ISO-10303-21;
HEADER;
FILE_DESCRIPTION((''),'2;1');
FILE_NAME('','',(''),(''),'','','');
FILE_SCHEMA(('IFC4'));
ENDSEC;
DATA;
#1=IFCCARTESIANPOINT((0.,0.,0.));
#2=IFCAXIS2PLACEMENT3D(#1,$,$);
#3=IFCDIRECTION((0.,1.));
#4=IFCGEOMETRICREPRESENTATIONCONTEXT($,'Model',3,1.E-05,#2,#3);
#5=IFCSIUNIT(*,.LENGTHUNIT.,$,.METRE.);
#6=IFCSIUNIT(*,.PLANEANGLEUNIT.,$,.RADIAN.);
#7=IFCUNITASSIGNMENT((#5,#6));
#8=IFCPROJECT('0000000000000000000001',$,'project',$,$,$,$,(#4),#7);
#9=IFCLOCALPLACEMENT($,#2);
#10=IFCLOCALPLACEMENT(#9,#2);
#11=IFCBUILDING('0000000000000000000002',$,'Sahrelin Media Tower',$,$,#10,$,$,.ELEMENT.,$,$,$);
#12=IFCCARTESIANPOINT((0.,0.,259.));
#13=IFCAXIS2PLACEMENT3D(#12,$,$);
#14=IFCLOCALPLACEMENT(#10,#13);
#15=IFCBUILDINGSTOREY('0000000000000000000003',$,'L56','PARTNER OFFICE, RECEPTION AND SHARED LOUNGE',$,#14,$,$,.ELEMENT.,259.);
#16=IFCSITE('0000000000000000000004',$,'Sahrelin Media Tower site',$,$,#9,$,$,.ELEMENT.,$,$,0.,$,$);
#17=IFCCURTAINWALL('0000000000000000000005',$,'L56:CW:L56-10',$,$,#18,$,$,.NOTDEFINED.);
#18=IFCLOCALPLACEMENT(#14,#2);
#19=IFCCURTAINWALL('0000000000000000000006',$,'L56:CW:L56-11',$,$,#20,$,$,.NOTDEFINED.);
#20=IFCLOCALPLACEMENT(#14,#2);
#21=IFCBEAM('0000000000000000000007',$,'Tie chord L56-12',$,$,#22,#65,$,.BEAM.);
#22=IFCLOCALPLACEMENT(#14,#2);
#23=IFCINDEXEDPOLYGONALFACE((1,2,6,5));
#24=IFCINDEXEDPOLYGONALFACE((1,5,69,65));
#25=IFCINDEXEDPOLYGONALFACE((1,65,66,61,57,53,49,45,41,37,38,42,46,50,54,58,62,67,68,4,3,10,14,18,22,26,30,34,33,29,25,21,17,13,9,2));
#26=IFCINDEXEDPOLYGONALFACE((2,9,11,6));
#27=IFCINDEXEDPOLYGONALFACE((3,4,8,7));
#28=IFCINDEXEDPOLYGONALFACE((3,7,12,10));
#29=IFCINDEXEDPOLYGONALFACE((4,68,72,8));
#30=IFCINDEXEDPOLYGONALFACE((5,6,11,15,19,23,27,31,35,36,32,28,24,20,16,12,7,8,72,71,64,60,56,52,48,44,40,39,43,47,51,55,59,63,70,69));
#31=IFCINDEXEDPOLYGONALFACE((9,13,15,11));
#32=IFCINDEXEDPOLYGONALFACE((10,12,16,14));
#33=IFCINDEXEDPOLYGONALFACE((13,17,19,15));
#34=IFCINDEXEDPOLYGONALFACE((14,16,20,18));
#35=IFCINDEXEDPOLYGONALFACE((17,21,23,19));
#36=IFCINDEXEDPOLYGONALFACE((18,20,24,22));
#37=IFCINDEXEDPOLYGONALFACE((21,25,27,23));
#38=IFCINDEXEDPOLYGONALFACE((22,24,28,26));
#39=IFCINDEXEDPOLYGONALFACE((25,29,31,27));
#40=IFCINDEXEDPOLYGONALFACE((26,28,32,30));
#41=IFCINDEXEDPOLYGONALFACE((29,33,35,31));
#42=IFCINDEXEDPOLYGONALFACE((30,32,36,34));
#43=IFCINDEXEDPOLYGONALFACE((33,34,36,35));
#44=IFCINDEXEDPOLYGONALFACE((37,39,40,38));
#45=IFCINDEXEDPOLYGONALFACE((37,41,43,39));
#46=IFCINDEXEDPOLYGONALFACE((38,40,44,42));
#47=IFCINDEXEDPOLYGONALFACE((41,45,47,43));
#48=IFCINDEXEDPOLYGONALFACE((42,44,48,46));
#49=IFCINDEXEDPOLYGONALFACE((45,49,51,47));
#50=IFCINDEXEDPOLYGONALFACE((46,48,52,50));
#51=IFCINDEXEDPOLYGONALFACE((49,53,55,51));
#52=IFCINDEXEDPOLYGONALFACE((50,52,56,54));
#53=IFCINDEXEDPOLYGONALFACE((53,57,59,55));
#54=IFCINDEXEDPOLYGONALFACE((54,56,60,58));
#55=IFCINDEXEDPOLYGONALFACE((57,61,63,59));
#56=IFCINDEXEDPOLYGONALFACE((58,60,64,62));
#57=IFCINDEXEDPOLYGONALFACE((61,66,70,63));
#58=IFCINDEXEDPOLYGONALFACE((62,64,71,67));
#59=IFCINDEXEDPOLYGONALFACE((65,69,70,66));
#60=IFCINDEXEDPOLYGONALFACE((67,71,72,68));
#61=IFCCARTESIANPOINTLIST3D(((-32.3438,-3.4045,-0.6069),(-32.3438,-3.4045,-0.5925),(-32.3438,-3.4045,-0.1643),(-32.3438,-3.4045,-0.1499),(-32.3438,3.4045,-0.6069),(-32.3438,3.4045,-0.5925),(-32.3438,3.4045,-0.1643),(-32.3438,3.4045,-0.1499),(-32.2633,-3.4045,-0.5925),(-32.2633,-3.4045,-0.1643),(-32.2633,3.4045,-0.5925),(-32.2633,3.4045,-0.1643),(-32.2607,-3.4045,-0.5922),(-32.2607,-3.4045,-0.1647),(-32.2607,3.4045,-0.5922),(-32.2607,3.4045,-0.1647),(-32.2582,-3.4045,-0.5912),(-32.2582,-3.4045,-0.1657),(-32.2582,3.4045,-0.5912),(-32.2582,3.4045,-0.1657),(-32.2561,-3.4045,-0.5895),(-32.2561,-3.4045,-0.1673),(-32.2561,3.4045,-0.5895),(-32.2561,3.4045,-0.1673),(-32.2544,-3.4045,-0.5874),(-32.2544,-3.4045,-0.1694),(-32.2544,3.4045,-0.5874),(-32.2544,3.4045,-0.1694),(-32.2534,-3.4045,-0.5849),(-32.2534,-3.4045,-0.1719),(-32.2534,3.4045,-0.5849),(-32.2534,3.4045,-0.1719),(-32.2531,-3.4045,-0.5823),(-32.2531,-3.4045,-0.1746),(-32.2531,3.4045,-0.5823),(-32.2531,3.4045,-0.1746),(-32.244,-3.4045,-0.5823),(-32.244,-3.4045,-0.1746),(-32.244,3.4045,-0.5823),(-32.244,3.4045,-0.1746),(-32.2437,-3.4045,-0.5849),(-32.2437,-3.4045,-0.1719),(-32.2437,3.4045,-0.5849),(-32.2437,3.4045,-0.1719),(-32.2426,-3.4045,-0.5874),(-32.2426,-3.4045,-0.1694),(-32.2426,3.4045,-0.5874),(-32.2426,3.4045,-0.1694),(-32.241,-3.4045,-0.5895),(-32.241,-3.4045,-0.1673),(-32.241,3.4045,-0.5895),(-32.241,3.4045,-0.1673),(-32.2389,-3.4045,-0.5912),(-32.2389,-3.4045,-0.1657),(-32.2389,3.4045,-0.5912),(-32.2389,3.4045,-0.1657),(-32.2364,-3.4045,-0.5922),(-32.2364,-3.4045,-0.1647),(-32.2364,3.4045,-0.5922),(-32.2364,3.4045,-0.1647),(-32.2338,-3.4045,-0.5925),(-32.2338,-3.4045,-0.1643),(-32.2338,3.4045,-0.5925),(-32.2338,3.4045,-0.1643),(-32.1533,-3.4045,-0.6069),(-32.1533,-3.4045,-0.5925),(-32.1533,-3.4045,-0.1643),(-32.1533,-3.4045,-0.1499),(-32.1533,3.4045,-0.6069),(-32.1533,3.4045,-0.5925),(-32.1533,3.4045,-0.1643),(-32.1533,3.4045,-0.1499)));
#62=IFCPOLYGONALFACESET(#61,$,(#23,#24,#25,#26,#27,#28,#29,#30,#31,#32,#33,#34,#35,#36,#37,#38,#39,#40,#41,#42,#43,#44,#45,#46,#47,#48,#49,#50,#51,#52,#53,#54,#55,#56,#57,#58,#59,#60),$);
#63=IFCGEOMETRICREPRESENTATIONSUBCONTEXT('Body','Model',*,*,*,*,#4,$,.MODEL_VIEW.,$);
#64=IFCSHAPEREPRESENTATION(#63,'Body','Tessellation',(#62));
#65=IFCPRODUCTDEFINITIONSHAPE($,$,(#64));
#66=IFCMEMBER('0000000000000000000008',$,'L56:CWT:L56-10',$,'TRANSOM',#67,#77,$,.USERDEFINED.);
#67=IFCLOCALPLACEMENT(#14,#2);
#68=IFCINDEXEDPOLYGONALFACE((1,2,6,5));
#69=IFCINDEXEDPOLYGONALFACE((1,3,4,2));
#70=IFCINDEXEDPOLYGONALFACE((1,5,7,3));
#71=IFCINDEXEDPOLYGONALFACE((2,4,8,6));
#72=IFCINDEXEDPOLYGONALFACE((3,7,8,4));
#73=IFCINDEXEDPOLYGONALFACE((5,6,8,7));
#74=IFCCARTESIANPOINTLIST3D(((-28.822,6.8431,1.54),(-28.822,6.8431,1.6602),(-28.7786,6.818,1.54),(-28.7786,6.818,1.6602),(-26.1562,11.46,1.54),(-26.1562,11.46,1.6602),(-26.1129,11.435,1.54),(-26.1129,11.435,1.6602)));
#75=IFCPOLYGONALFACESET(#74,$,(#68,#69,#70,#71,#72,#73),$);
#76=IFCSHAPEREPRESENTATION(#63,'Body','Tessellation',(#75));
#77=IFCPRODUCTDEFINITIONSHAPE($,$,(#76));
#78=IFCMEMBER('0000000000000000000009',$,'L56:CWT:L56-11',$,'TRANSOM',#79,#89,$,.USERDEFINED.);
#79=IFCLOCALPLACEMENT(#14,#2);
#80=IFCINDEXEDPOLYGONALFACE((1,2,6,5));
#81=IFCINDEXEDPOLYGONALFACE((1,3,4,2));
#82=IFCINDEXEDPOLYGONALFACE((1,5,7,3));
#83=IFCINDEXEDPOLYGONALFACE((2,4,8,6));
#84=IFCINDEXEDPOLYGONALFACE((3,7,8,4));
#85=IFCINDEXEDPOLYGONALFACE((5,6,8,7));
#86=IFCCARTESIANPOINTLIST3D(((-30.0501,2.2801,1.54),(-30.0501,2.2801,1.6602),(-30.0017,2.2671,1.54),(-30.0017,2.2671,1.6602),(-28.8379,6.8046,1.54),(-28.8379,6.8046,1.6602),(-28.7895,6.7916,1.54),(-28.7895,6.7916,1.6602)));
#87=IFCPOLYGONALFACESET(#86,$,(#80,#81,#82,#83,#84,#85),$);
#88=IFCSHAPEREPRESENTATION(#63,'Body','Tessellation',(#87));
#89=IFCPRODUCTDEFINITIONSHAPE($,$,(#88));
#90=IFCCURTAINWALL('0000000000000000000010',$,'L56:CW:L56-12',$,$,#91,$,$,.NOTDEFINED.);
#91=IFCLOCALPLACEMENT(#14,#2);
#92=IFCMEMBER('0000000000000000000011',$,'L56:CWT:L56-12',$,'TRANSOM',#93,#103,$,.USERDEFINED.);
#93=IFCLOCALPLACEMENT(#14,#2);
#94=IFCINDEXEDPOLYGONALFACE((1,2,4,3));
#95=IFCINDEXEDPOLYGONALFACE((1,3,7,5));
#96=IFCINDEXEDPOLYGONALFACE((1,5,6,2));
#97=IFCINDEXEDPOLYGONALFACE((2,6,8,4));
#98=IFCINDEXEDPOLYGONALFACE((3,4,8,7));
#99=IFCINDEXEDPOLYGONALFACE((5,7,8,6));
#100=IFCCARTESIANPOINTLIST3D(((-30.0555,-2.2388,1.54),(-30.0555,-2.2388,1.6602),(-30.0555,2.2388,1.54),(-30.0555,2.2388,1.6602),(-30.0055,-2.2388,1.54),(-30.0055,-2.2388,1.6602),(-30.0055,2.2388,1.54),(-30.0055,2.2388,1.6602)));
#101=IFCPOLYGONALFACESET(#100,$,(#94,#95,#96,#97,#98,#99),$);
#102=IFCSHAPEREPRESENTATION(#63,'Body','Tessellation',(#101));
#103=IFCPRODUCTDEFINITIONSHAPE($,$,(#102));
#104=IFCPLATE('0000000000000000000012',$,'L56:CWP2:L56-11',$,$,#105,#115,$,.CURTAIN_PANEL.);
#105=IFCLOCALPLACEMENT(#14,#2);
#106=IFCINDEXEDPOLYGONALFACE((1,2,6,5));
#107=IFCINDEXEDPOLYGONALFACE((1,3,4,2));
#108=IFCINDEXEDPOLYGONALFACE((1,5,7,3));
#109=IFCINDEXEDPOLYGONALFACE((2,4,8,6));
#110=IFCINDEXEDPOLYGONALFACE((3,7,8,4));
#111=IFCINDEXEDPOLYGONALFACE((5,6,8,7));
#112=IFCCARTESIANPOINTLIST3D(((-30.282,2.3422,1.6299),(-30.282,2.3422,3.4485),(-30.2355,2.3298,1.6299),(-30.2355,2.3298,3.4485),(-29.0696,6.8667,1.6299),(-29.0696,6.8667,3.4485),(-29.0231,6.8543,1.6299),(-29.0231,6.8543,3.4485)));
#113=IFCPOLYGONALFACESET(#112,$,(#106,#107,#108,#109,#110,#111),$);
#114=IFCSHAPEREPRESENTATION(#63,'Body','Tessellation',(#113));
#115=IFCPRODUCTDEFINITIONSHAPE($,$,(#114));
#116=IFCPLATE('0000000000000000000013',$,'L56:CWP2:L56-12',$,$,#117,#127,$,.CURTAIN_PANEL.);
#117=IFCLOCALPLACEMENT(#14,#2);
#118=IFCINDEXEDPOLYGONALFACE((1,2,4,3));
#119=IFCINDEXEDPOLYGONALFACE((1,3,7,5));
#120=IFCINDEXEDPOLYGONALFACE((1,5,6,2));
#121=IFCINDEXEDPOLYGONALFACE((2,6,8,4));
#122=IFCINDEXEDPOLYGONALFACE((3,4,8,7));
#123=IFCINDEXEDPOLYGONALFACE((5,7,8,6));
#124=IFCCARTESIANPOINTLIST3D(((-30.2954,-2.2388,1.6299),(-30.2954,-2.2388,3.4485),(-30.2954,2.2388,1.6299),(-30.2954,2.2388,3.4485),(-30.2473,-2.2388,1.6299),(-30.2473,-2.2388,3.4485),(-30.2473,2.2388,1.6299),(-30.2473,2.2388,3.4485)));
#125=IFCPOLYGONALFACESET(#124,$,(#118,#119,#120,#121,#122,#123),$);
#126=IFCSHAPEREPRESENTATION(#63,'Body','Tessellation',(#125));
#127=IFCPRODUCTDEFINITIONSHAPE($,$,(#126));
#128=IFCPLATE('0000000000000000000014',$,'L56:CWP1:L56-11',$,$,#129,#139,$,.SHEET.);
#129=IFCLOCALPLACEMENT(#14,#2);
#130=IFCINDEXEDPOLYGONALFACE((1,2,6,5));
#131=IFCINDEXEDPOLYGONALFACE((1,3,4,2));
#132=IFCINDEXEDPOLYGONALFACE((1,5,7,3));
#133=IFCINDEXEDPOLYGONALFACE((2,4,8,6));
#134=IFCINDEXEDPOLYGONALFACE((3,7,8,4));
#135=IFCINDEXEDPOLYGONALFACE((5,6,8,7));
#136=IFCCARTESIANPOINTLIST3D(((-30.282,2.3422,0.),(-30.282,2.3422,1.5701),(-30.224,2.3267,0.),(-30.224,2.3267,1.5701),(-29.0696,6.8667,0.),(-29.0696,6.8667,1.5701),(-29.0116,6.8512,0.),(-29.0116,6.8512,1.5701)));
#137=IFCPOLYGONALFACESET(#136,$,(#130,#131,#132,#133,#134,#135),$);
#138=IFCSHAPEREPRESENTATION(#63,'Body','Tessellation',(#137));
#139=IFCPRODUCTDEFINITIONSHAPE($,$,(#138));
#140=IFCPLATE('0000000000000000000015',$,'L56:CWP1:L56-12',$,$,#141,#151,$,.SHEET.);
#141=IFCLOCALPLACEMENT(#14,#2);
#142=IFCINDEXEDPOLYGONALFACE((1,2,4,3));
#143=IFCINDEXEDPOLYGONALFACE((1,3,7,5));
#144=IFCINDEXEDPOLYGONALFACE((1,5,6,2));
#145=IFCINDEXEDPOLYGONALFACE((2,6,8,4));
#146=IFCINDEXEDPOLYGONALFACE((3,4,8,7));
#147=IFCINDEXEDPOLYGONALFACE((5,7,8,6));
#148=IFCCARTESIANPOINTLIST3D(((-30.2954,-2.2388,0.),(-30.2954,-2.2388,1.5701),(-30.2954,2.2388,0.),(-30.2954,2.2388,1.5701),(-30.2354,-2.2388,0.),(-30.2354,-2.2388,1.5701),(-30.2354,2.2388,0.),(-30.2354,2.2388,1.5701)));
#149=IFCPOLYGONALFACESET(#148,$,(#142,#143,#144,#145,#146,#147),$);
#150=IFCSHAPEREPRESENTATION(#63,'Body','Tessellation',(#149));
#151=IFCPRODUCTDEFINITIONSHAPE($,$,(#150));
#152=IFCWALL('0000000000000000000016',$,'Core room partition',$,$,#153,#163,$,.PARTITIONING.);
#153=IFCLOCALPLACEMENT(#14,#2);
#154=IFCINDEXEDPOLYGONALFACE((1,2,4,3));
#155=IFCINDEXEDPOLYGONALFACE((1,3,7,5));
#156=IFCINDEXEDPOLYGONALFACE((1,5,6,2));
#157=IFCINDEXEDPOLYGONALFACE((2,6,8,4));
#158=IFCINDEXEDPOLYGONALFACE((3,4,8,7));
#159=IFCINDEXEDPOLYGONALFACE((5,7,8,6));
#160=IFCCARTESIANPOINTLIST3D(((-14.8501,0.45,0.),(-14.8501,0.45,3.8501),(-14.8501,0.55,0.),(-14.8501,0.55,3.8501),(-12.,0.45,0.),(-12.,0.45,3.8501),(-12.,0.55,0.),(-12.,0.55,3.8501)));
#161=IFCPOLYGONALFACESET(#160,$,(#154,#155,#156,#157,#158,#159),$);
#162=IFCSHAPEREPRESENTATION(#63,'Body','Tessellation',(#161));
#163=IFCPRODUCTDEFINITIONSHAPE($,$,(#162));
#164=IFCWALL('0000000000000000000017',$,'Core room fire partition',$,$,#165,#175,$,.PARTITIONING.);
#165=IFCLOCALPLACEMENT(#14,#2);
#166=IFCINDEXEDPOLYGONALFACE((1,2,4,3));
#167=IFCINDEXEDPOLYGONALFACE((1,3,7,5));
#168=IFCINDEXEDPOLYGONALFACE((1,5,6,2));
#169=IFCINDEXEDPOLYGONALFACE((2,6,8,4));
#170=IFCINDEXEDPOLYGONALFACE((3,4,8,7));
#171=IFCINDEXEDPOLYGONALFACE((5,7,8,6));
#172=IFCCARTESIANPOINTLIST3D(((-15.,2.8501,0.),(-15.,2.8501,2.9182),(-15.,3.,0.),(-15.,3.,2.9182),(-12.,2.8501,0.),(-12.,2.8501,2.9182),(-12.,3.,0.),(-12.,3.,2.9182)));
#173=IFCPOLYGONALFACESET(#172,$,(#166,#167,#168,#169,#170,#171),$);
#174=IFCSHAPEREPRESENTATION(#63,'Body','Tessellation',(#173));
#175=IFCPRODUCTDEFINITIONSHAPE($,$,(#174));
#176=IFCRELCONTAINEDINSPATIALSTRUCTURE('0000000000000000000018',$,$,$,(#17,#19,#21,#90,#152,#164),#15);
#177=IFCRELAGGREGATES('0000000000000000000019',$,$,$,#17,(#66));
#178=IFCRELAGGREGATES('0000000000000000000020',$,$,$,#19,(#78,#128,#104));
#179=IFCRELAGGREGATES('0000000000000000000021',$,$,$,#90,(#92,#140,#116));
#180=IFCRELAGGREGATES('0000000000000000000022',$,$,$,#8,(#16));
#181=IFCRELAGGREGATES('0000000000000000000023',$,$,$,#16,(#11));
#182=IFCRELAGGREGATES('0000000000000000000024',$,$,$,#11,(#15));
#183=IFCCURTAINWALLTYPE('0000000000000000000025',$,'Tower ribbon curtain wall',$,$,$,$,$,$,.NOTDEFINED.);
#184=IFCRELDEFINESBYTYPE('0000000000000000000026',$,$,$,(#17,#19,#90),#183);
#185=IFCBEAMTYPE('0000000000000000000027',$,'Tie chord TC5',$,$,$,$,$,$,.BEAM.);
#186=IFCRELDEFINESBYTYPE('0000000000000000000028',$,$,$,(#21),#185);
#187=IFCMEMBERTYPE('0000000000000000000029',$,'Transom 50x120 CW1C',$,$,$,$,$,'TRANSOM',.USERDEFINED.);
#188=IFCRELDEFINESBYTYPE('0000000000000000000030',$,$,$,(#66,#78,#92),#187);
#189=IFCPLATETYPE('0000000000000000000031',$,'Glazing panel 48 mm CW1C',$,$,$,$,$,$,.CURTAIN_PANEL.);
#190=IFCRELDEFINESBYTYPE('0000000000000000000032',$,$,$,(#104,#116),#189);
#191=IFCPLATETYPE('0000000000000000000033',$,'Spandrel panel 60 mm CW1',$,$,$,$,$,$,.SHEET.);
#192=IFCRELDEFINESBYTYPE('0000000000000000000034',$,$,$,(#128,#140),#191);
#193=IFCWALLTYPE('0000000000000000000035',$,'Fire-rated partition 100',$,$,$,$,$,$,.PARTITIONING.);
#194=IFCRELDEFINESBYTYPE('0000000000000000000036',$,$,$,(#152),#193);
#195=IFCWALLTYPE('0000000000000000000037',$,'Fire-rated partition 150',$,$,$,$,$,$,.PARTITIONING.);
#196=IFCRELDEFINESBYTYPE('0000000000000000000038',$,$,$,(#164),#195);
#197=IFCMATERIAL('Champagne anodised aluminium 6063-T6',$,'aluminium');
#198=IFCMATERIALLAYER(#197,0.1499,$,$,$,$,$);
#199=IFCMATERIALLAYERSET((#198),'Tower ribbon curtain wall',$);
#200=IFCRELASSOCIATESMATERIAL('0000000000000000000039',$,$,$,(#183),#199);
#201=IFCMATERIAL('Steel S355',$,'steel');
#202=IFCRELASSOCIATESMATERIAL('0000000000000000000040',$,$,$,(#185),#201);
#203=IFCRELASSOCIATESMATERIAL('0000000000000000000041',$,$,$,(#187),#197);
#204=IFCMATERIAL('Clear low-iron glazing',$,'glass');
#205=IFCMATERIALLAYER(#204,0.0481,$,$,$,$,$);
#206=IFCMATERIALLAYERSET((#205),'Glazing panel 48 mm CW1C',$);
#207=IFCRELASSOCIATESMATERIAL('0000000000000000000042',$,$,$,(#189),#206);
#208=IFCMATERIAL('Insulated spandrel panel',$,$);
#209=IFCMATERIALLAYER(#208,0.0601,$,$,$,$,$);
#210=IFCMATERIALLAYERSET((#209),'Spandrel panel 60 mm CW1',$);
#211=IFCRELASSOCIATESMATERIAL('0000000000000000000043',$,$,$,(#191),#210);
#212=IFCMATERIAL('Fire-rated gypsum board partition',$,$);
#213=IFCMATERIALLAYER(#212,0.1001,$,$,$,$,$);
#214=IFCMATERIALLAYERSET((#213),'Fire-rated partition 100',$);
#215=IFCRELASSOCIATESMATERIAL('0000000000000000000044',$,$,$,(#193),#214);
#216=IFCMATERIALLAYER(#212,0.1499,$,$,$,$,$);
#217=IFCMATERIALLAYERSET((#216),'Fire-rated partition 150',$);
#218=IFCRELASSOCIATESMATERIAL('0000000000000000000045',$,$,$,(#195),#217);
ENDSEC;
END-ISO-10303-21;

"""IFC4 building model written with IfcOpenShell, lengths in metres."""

from ifc_helpers import new_model, si_unit, direction, frame, frame_2d, origin, origin_2d, place, context, subcontext, project, spatial, polyline, rectangle, i_section, outline, extrude, material, layer, layer_set, material_profile, profile_set, type_object, element, aggregate, save


model = new_model("IFC4")

# Units and contexts
model_context = context("Model", 3, precision=1e-05, world=origin(), true_north=direction((0.0, 1.0)))
body_context = subcontext(model_context, "Body", "Model", "MODEL_VIEW")
ifc_project = project(units=[si_unit("LENGTHUNIT", "METRE"), si_unit("PLANEANGLEUNIT", "RADIAN")], contexts=[model_context])

# Site, building, storey
site_placement = place(None, origin())
site = spatial("IfcSite", under=ifc_project, at=site_placement, Name="Sahrelin Media Tower site", CompositionType="ELEMENT", RefElevation=0.0)
building_placement = place(site_placement, origin())
building = spatial("IfcBuilding", under=site, at=building_placement, Name="Sahrelin Media Tower", CompositionType="ELEMENT")
storey_placement = place(building_placement, frame((0.0, 0.0, 259.0)))
storey = spatial("IfcBuildingStorey", under=building, at=storey_placement, Name="L56", Description="PARTNER OFFICE, RECEPTION AND SHARED LOUNGE", CompositionType="ELEMENT", Elevation=259.0)

# Shared definitions
ifc_material_1 = material(Name="Steel S355", Category="steel")

# Curtain walls
ifc_material_2 = material(Name="Champagne anodised aluminium 6063-T6", Category="aluminium")
ifc_layer_1 = layer(ifc_material_2, 0.1499)
ifc_layer_set_1 = layer_set([ifc_layer_1], Name="Tower ribbon curtain wall")
curtain_wall_type = type_object("IfcCurtainWallType", Name="Tower ribbon curtain wall", PredefinedType="NOTDEFINED", material=ifc_layer_set_1)
curtain_wall_1_placement = place(storey_placement, frame((-27.6797, 9.2615, 0.0), z_axis=(0.0, 0.0, 1.0), x_axis=(1.0, 0.0, 0.0)))
curtain_wall_1 = element("IfcCurtainWall", 1, at=curtain_wall_1_placement, inside=storey, type_object=curtain_wall_type, Name="L56:CW:L56-10", PredefinedType="NOTDEFINED")
curtain_wall_2_placement = place(storey_placement, frame((-29.6565, 4.5991, 0.0), z_axis=(0.0, 0.0, 1.0), x_axis=(1.0, 0.0, 0.0)))
curtain_wall_2 = element("IfcCurtainWall", 2, at=curtain_wall_2_placement, inside=storey, type_object=curtain_wall_type, Name="L56:CW:L56-11", PredefinedType="NOTDEFINED")

# Beam
ifc_material_profile_1 = material_profile(ifc_material_1, i_section(OverallWidth=0.1904, OverallDepth=0.457, WebThickness=0.009, FlangeThickness=0.0144, FilletRadius=0.0103, at=origin_2d()), Name="UB 457x191x74")
ifc_profile_set_1 = profile_set([ifc_material_profile_1], Name="Steel S355")
beam_type_1 = type_object("IfcBeamType", Name="Tie chord TC5", PredefinedType="BEAM", material=ifc_profile_set_1)
beam_1_placement = place(storey_placement, frame((-32.2485, 3.4045, -0.3784), z_axis=(0.0, -1.0, 0.0), x_axis=(1.0, 0.0, 0.0)))
element("IfcBeam", 3, at=beam_1_placement, inside=storey, type_object=beam_type_1, Name="Tie chord L56-12", PredefinedType="BEAM", context=body_context, shape_type="SweptSolid", body=[
    extrude(i_section(OverallWidth=0.1904, OverallDepth=0.457, WebThickness=0.009, FlangeThickness=0.0144, FilletRadius=0.0103, at=origin_2d()), origin(), (0.0, 0.0, 1.0), 6.8091),
])

# Members
ifc_material_profile_2 = material_profile(ifc_material_2, rectangle(XDim=0.05, YDim=0.1201, at=origin_2d()), Name="Transom 50x120")
ifc_profile_set_2 = profile_set([ifc_material_profile_2], Name="Champagne anodised aluminium 6063-T6")
member_type_1 = type_object("IfcMemberType", Name="Transom 50x120 CW1C", ElementType="TRANSOM", PredefinedType="USERDEFINED", material=ifc_profile_set_2)
member_1_placement = place(storey_placement, frame((-26.1345, 11.4475, 1.6001), z_axis=(-0.500025, -0.866011, 0.0), x_axis=(0.866011, -0.500025, 0.0)))
member_1 = element("IfcMember", 4, at=member_1_placement, type_object=member_type_1, Name="L56:CWT:L56-10", ObjectType="TRANSOM", PredefinedType="USERDEFINED", context=body_context, shape_type="SweptSolid", body=[
    extrude(rectangle(XDim=0.05, YDim=0.1201, at=origin_2d()), origin(), (0.0, 0.0, 1.0), 5.3313),
])
aggregate(curtain_wall_1, [member_1])
member_2_placement = place(storey_placement, frame((-28.8137, 6.7981, 1.6001), z_axis=(-0.258788, -0.965934, 0.0), x_axis=(0.965934, -0.258788, 0.0)))
member_2 = element("IfcMember", 5, at=member_2_placement, type_object=member_type_1, Name="L56:CWT:L56-11", ObjectType="TRANSOM", PredefinedType="USERDEFINED", context=body_context, shape_type="SweptSolid", body=[
    extrude(rectangle(XDim=0.05, YDim=0.1201, at=origin_2d()), origin(), (0.0, 0.0, 1.0), 4.6841),
])

# Curtain wall, member
curtain_wall_3_placement = place(storey_placement, frame((-30.2754, 0.0, 0.0), z_axis=(0.0, 0.0, 1.0), x_axis=(1.0, 0.0, 0.0)))
curtain_wall_3 = element("IfcCurtainWall", 6, at=curtain_wall_3_placement, inside=storey, type_object=curtain_wall_type, Name="L56:CW:L56-12", PredefinedType="NOTDEFINED")
member_3_placement = place(storey_placement, frame((-30.0305, 2.2388, 1.6001), z_axis=(0.0, -1.0, 0.0), x_axis=(1.0, 0.0, 0.0)))
member_3 = element("IfcMember", 7, at=member_3_placement, type_object=member_type_1, Name="L56:CWT:L56-12", ObjectType="TRANSOM", PredefinedType="USERDEFINED", context=body_context, shape_type="SweptSolid", body=[
    extrude(rectangle(XDim=0.05, YDim=0.1201, at=origin_2d()), origin(), (0.0, 0.0, 1.0), 4.4775),
])

# Plates
ifc_material_3 = material(Name="Clear low-iron glazing", Category="glass")
ifc_layer_2 = layer(ifc_material_3, 0.0481)
ifc_layer_set_2 = layer_set([ifc_layer_2], Name="Glazing panel 48 mm CW1C")
plate_type_1 = type_object("IfcPlateType", Name="Glazing panel 48 mm CW1C", PredefinedType="CURTAIN_PANEL", material=ifc_layer_set_2)
plate_1_placement = place(storey_placement, frame((-29.0696, 6.8667, 1.6299), z_axis=(-0.965921, 0.258837, 0.0), x_axis=(-0.258837, -0.965921, 0.0)))
plate_1 = element("IfcPlate", 8, at=plate_1_placement, type_object=plate_type_1, Name="L56:CWP2:L56-11", PredefinedType="CURTAIN_PANEL", context=body_context, shape_type="SweptSolid", body=[
    extrude(outline(polyline([(0.0, 0.0), (4.6841, 0.0), (4.6841, 1.8186), (0.0, 1.8186), (0.0, 0.0)])), origin(), (0.0, 0.0, -1.0), 0.0481),
])
plate_2_placement = place(storey_placement, frame((-30.2954, 2.2388, 1.6299), z_axis=(-1.0, 0.0, 0.0), x_axis=(0.0, -1.0, 0.0)))
plate_2 = element("IfcPlate", 9, at=plate_2_placement, type_object=plate_type_1, Name="L56:CWP2:L56-12", PredefinedType="CURTAIN_PANEL", context=body_context, shape_type="SweptSolid", body=[
    extrude(outline(polyline([(0.0, 0.0), (4.4775, 0.0), (4.4775, 1.8186), (0.0, 1.8186), (0.0, 0.0)])), origin(), (0.0, 0.0, -1.0), 0.0481),
])
ifc_material_4 = material(Name="Insulated spandrel panel")
ifc_layer_3 = layer(ifc_material_4, 0.0601)
ifc_layer_set_3 = layer_set([ifc_layer_3], Name="Spandrel panel 60 mm CW1")
plate_type_2 = type_object("IfcPlateType", Name="Spandrel panel 60 mm CW1", PredefinedType="SHEET", material=ifc_layer_set_3)
plate_3_placement = place(storey_placement, frame((-29.0696, 6.8667, 0.0), z_axis=(-0.965921, 0.258837, 0.0), x_axis=(-0.258837, -0.965921, 0.0)))
plate_3 = element("IfcPlate", 10, at=plate_3_placement, type_object=plate_type_2, Name="L56:CWP1:L56-11", PredefinedType="SHEET", context=body_context, shape_type="SweptSolid", body=[
    extrude(outline(polyline([(0.0, 0.0), (4.6841, 0.0), (4.6841, 1.5701), (0.0, 1.5701), (0.0, 0.0)])), origin(), (0.0, 0.0, -1.0), 0.0601),
])
aggregate(curtain_wall_2, [member_2, plate_3, plate_1])
plate_4_placement = place(storey_placement, frame((-30.2954, 2.2388, 0.0), z_axis=(-1.0, 0.0, 0.0), x_axis=(0.0, -1.0, 0.0)))
plate_4 = element("IfcPlate", 11, at=plate_4_placement, type_object=plate_type_2, Name="L56:CWP1:L56-12", PredefinedType="SHEET", context=body_context, shape_type="SweptSolid", body=[
    extrude(outline(polyline([(0.0, 0.0), (4.4775, 0.0), (4.4775, 1.5701), (0.0, 1.5701), (0.0, 0.0)])), origin(), (0.0, 0.0, -1.0), 0.0601),
])
aggregate(curtain_wall_3, [member_3, plate_4, plate_2])

# Walls
ifc_material_5 = material(Name="Fire-rated gypsum board partition")
ifc_layer_4 = layer(ifc_material_5, 0.1001)
ifc_layer_set_4 = layer_set([ifc_layer_4], Name="Fire-rated partition 100")
wall_type_1 = type_object("IfcWallType", Name="Fire-rated partition 100", PredefinedType="PARTITIONING", material=ifc_layer_set_4)
wall_1_placement = place(storey_placement, frame((-14.8501, 0.5, 0.0), z_axis=(0.0, 0.0, 1.0), x_axis=(1.0, 0.0, 0.0)))
element("IfcWall", 12, at=wall_1_placement, inside=storey, type_object=wall_type_1, Name="Core room partition", PredefinedType="PARTITIONING", context=body_context, shape_type="SweptSolid", body=[
    extrude(rectangle(XDim=2.8501, YDim=0.1001, at=frame_2d((1.425, 0.0))), origin(), (0.0, 0.0, 1.0), 3.8501),
])
ifc_layer_5 = layer(ifc_material_5, 0.1499)
ifc_layer_set_5 = layer_set([ifc_layer_5], Name="Fire-rated partition 150")
wall_type_2 = type_object("IfcWallType", Name="Fire-rated partition 150", PredefinedType="PARTITIONING", material=ifc_layer_set_5)
wall_2_placement = place(storey_placement, frame((-15.0, 2.925, 0.0), z_axis=(0.0, 0.0, 1.0), x_axis=(1.0, 0.0, 0.0)))
element("IfcWall", 13, at=wall_2_placement, inside=storey, type_object=wall_type_2, Name="Core room fire partition", PredefinedType="PARTITIONING", context=body_context, shape_type="SweptSolid", body=[
    extrude(rectangle(XDim=3.0, YDim=0.1499, at=frame_2d((1.5, 0.0))), origin(), (0.0, 0.0, 1.0), 2.9182),
])

save(model, "model.ifc")
